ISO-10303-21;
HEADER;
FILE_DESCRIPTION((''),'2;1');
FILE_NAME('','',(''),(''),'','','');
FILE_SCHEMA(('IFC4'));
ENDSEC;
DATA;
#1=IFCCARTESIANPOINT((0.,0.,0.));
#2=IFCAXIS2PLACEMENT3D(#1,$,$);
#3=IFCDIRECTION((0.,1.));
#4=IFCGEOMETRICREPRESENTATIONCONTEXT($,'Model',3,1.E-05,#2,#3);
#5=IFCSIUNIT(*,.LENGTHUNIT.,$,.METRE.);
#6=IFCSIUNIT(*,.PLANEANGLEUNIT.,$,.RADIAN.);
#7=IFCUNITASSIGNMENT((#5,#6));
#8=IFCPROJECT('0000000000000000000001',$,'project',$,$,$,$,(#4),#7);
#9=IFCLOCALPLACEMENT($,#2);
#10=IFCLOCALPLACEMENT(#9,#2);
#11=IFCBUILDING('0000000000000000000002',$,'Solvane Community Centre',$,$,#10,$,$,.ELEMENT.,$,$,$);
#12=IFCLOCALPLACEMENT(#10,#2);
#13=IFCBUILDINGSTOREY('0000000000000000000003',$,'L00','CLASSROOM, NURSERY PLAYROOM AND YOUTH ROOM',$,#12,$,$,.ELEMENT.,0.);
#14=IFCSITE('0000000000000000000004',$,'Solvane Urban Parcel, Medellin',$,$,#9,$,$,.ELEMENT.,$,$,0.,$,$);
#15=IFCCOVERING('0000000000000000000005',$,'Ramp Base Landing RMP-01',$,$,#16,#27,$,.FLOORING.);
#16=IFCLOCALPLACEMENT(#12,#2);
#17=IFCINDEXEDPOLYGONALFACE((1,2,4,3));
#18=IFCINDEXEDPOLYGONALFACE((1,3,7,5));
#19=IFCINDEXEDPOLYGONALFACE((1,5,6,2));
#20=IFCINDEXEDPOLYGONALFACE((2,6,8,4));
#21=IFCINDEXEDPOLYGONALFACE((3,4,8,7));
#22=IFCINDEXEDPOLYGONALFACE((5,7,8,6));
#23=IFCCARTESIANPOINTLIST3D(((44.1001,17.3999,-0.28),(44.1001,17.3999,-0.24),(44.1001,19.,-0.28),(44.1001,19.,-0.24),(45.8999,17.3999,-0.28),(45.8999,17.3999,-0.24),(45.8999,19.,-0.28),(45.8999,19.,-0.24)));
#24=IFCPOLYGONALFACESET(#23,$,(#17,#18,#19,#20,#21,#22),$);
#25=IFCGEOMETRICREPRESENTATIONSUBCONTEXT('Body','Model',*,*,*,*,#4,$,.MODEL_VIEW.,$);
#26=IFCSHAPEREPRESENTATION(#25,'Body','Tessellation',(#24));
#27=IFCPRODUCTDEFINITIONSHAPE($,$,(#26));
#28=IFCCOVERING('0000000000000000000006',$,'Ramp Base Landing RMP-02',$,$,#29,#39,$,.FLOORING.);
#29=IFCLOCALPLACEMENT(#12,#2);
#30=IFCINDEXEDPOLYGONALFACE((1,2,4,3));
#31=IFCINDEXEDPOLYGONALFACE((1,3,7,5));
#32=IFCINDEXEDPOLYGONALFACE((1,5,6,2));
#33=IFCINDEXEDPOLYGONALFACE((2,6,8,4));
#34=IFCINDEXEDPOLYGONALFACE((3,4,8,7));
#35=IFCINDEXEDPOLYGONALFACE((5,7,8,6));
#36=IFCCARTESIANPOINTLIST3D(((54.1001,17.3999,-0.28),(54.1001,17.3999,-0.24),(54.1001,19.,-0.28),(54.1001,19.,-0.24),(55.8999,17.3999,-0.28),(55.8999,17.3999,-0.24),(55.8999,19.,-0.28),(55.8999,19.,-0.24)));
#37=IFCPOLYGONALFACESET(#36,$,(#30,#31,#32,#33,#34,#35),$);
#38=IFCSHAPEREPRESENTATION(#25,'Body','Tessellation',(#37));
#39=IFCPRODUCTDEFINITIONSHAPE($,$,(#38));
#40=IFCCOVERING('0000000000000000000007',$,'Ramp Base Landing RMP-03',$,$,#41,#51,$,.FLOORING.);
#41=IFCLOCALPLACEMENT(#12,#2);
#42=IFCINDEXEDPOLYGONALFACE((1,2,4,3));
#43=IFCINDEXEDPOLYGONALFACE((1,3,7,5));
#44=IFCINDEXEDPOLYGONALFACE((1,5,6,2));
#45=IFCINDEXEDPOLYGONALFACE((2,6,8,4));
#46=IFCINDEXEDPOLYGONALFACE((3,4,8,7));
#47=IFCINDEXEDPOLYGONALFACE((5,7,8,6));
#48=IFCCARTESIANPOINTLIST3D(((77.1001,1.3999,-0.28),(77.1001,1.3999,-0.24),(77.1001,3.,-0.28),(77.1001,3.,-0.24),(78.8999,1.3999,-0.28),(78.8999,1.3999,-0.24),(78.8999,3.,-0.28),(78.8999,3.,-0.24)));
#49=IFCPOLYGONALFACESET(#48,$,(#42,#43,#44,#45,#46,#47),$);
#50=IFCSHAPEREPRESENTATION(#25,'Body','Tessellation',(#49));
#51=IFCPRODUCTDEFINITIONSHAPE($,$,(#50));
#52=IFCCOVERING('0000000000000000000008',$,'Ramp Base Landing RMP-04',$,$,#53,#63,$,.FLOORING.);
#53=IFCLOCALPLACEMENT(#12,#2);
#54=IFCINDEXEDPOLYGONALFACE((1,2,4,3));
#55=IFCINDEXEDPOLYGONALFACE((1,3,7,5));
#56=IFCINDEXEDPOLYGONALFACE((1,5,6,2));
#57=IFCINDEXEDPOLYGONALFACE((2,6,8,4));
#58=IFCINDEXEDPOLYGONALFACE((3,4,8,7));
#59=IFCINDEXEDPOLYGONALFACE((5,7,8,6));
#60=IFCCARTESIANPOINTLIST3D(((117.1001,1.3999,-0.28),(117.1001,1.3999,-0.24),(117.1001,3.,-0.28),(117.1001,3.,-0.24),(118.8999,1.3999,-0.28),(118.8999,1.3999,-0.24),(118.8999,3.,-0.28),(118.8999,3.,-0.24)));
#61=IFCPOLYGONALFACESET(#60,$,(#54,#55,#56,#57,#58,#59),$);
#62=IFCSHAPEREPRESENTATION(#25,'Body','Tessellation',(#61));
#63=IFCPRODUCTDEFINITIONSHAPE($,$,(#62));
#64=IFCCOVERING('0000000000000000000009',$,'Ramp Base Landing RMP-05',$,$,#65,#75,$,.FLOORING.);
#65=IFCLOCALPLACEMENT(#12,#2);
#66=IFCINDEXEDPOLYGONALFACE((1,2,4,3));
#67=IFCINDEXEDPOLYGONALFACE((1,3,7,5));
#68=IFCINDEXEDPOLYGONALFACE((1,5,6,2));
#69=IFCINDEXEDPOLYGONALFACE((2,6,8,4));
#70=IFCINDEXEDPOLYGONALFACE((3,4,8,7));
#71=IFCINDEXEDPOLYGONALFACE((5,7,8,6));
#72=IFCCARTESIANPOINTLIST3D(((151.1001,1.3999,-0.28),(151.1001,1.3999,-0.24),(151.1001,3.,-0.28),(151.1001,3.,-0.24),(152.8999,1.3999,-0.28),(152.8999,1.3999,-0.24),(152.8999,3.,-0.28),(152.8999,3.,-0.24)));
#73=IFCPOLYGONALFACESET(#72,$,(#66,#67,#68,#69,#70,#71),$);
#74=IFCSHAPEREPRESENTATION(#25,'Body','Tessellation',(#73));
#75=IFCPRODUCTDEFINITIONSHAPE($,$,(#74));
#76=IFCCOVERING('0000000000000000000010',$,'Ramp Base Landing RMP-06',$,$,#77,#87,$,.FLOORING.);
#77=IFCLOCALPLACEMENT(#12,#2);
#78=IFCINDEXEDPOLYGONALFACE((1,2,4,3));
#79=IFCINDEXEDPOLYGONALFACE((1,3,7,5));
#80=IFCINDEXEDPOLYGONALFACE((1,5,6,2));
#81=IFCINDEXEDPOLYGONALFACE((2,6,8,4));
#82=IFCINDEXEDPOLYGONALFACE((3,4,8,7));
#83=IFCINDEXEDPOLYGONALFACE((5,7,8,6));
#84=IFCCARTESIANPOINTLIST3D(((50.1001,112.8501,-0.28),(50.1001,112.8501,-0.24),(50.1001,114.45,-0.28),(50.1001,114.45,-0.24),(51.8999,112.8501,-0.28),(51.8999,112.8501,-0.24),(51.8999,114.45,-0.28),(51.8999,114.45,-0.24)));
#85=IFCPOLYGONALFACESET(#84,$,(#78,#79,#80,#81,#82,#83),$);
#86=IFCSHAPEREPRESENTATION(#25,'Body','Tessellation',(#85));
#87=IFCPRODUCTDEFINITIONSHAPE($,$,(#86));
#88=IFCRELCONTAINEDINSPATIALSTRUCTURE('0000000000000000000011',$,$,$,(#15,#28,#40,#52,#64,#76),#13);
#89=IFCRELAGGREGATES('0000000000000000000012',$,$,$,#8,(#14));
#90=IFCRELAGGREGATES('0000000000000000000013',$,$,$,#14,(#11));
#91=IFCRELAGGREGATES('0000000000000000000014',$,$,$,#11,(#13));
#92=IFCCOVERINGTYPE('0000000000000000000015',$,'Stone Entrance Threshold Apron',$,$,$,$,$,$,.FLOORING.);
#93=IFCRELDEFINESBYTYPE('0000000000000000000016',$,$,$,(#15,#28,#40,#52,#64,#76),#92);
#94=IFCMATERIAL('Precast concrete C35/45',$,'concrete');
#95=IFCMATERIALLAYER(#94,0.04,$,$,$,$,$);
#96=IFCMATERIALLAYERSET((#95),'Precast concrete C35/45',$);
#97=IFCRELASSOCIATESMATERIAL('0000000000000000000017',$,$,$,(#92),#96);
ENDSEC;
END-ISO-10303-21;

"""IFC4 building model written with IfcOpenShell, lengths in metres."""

from ifc_helpers import new_model, si_unit, direction, frame, origin, place, context, subcontext, project, spatial, polyline, outline, extrude, material, layer, layer_set, type_object, element, save


model = new_model("IFC4")

# Units and contexts
model_context = context("Model", 3, precision=1e-05, world=origin(), true_north=direction((0.0, 1.0)))
body_context = subcontext(model_context, "Body", "Model", "MODEL_VIEW")
ifc_project = project(units=[si_unit("LENGTHUNIT", "METRE"), si_unit("PLANEANGLEUNIT", "RADIAN")], contexts=[model_context])

# Site, building, storey
site_placement = place(None, origin())
site = spatial("IfcSite", under=ifc_project, at=site_placement, Name="Solvane Urban Parcel, Medellin", CompositionType="ELEMENT", RefElevation=0.0)
building_placement = place(site_placement, origin())
building = spatial("IfcBuilding", under=site, at=building_placement, Name="Solvane Community Centre", CompositionType="ELEMENT")
storey_placement = place(building_placement, origin())
storey = spatial("IfcBuildingStorey", under=building, at=storey_placement, Name="L00", Description="CLASSROOM, NURSERY PLAYROOM AND YOUTH ROOM", CompositionType="ELEMENT", Elevation=0.0)

# Coverings
ifc_material_1 = material(Name="Precast concrete C35/45", Category="concrete")
ifc_layer_1 = layer(ifc_material_1, 0.04)
ifc_layer_set_1 = layer_set([ifc_layer_1], Name="Precast concrete C35/45")
covering_type = type_object("IfcCoveringType", Name="Stone Entrance Threshold Apron", PredefinedType="FLOORING", material=ifc_layer_set_1)
covering_1_placement = place(storey_placement, frame((0.0, 0.0, -0.28)))
element("IfcCovering", 1, at=covering_1_placement, inside=storey, type_object=covering_type, Name="Ramp Base Landing RMP-01", PredefinedType="FLOORING", context=body_context, shape_type="SweptSolid", body=[
    extrude(outline(polyline([(45.8999, 17.3999), (45.8999, 19.0), (44.1001, 19.0), (44.1001, 17.3999), (45.8999, 17.3999)])), origin(), (0.0, 0.0, 1.0), 0.04),
])
covering_2_placement = place(storey_placement, frame((0.0, 0.0, -0.28)))
element("IfcCovering", 2, at=covering_2_placement, inside=storey, type_object=covering_type, Name="Ramp Base Landing RMP-02", PredefinedType="FLOORING", context=body_context, shape_type="SweptSolid", body=[
    extrude(outline(polyline([(55.8999, 17.3999), (55.8999, 19.0), (54.1001, 19.0), (54.1001, 17.3999), (55.8999, 17.3999)])), origin(), (0.0, 0.0, 1.0), 0.04),
])
covering_3_placement = place(storey_placement, frame((0.0, 0.0, -0.28)))
element("IfcCovering", 3, at=covering_3_placement, inside=storey, type_object=covering_type, Name="Ramp Base Landing RMP-03", PredefinedType="FLOORING", context=body_context, shape_type="SweptSolid", body=[
    extrude(outline(polyline([(78.8999, 1.3999), (78.8999, 3.0), (77.1001, 3.0), (77.1001, 1.3999), (78.8999, 1.3999)])), origin(), (0.0, 0.0, 1.0), 0.04),
])
covering_4_placement = place(storey_placement, frame((0.0, 0.0, -0.28)))
element("IfcCovering", 4, at=covering_4_placement, inside=storey, type_object=covering_type, Name="Ramp Base Landing RMP-04", PredefinedType="FLOORING", context=body_context, shape_type="SweptSolid", body=[
    extrude(outline(polyline([(118.8999, 1.3999), (118.8999, 3.0), (117.1001, 3.0), (117.1001, 1.3999), (118.8999, 1.3999)])), origin(), (0.0, 0.0, 1.0), 0.04),
])
covering_5_placement = place(storey_placement, frame((0.0, 0.0, -0.28)))
element("IfcCovering", 5, at=covering_5_placement, inside=storey, type_object=covering_type, Name="Ramp Base Landing RMP-05", PredefinedType="FLOORING", context=body_context, shape_type="SweptSolid", body=[
    extrude(outline(polyline([(152.8999, 1.3999), (152.8999, 3.0), (151.1001, 3.0), (151.1001, 1.3999), (152.8999, 1.3999)])), origin(), (0.0, 0.0, 1.0), 0.04),
])
covering_6_placement = place(storey_placement, frame((0.0, 0.0, -0.28)))
element("IfcCovering", 6, at=covering_6_placement, inside=storey, type_object=covering_type, Name="Ramp Base Landing RMP-06", PredefinedType="FLOORING", context=body_context, shape_type="SweptSolid", body=[
    extrude(outline(polyline([(50.1001, 114.45), (50.1001, 112.8501), (51.8999, 112.8501), (51.8999, 114.45), (50.1001, 114.45)])), origin(), (0.0, 0.0, 1.0), 0.04),
])

save(model, "model.ifc")
